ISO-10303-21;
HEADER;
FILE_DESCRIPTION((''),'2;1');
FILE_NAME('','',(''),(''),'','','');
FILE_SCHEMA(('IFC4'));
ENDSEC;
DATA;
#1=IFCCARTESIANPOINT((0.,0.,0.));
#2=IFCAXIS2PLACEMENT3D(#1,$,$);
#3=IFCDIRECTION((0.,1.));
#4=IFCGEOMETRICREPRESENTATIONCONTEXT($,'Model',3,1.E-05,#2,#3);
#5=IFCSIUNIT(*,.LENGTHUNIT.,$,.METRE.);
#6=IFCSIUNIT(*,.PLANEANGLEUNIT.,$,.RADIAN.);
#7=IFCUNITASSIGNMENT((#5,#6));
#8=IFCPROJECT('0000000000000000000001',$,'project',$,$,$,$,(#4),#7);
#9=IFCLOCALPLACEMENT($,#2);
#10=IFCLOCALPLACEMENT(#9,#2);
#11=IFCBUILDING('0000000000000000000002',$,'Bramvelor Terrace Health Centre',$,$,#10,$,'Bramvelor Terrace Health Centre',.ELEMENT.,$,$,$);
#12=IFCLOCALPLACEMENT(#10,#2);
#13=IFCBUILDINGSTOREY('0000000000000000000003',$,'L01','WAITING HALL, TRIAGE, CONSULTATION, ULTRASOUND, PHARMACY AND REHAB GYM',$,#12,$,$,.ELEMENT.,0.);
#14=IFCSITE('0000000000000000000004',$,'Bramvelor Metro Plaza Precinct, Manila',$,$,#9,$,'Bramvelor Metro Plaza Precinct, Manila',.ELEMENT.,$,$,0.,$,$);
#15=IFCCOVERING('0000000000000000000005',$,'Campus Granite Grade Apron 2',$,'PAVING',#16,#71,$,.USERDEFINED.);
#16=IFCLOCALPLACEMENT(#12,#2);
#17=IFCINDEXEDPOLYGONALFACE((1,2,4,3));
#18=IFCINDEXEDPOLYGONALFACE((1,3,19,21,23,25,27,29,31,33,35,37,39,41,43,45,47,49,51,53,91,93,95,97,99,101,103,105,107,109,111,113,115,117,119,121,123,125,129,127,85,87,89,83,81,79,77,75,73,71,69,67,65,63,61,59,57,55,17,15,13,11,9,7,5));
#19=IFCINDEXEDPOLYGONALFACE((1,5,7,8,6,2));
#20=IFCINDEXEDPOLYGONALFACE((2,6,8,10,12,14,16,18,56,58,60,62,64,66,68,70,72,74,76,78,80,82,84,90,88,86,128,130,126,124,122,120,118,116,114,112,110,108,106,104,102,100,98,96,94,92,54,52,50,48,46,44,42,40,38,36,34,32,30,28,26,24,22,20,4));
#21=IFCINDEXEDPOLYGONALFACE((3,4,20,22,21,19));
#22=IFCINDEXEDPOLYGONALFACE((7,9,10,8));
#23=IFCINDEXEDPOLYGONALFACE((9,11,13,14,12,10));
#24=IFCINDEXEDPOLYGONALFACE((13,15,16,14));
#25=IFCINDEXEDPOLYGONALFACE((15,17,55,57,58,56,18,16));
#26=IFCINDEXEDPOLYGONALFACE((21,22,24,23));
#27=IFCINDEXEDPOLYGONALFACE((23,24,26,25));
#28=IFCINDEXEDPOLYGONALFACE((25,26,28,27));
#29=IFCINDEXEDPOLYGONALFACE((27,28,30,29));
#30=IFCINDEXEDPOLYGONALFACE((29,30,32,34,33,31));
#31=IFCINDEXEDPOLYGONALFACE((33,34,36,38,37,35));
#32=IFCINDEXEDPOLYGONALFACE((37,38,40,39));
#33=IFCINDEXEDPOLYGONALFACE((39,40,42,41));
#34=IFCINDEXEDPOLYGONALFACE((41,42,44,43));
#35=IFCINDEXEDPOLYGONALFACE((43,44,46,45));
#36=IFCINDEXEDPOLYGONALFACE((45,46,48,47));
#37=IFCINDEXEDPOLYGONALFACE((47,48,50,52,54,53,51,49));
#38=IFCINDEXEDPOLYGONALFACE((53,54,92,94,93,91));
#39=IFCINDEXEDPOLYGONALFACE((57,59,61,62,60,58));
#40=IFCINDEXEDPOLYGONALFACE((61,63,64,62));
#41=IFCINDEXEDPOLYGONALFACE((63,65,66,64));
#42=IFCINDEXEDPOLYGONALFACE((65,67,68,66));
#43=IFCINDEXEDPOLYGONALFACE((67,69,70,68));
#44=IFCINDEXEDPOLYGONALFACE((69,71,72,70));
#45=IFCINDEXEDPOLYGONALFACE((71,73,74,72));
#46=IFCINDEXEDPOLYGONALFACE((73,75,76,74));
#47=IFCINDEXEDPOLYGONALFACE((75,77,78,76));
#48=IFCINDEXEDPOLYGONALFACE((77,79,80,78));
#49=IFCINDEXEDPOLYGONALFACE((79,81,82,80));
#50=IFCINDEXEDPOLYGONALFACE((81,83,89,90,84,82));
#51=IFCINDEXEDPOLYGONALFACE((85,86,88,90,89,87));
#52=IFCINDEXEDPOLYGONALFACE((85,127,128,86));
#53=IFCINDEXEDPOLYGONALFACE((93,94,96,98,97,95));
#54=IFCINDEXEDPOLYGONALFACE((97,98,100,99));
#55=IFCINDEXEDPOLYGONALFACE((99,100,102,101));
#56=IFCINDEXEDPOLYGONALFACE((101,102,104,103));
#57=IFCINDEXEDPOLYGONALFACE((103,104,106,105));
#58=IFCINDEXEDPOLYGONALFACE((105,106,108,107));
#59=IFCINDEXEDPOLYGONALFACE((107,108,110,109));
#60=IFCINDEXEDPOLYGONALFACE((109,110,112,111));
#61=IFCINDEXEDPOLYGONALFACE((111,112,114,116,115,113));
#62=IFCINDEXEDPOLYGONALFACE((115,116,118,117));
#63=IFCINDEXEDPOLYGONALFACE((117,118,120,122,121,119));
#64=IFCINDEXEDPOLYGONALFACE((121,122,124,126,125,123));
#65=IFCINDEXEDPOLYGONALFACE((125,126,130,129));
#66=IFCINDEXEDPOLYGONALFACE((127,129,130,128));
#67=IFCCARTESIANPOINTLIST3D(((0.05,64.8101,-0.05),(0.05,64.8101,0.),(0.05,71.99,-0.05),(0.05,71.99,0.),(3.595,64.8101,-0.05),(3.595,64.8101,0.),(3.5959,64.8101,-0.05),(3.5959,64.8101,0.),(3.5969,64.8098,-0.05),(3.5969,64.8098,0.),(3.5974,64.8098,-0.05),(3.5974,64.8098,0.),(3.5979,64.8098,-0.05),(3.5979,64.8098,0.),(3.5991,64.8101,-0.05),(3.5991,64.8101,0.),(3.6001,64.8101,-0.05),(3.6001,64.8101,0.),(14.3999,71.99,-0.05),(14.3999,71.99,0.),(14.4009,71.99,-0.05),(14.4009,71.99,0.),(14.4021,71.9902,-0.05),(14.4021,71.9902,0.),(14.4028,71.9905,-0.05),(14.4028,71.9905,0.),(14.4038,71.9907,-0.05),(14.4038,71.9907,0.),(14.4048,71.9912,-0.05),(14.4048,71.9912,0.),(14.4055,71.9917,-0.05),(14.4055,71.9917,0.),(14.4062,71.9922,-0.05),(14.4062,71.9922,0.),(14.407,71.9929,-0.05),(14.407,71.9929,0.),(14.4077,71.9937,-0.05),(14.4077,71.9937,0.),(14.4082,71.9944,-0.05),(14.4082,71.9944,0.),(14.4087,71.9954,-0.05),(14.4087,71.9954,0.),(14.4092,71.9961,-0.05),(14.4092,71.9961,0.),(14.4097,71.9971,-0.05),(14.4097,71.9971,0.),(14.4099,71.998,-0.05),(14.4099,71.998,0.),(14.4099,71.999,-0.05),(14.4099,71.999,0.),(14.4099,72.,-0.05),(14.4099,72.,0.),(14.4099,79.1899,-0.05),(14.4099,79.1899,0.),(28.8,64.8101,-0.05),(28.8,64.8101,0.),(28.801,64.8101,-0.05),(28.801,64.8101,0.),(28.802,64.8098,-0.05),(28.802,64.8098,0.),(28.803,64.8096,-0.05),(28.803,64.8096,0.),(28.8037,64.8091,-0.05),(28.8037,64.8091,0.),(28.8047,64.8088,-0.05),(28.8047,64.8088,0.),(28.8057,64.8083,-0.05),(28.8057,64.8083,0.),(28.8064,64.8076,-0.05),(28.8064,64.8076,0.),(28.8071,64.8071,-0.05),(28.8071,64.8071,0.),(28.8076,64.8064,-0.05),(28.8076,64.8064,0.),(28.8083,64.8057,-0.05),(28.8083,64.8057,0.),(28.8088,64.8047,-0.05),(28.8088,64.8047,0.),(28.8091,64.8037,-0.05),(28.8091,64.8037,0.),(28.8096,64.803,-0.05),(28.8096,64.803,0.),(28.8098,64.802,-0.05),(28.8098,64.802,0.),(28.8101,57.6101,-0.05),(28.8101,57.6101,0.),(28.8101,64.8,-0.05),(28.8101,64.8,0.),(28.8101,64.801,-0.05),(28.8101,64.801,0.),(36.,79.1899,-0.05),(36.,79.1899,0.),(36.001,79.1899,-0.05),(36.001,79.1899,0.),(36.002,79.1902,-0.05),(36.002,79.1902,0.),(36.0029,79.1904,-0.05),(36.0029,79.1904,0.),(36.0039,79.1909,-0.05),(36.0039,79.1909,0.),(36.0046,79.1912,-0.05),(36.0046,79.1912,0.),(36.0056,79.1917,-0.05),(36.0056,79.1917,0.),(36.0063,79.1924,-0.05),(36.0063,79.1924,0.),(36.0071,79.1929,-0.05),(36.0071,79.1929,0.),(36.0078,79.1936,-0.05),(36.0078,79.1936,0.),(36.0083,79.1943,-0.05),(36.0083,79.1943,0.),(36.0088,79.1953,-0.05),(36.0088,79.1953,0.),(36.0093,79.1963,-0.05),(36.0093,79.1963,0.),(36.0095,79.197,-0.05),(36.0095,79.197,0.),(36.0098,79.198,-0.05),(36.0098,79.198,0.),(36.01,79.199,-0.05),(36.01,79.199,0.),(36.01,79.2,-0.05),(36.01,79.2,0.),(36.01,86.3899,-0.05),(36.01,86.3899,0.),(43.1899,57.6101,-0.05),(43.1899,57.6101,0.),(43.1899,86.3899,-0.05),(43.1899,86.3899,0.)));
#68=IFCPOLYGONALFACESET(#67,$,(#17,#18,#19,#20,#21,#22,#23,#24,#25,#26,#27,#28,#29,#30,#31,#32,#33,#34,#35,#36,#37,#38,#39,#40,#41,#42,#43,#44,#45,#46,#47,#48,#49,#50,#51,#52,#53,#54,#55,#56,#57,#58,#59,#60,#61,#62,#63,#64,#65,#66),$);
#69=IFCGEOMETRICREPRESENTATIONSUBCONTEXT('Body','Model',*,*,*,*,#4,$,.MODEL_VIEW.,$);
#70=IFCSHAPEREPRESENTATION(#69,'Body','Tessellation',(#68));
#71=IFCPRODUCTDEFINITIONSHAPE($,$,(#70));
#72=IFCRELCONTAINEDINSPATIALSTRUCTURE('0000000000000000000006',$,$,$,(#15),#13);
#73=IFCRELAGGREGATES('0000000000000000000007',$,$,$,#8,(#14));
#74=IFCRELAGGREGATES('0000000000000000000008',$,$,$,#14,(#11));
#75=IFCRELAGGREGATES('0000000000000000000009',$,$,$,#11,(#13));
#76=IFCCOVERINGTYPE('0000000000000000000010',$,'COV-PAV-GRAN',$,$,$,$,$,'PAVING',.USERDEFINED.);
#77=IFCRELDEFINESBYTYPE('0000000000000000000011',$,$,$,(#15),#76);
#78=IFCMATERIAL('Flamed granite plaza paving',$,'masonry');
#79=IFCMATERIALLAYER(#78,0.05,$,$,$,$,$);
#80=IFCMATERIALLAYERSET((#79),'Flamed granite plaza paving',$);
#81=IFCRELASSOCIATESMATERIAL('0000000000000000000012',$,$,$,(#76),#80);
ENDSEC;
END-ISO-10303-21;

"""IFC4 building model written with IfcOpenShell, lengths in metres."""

from ifc_helpers import new_model, si_unit, direction, frame, origin, place, context, subcontext, project, spatial, polyline, outline, extrude, material, layer, layer_set, type_object, element, save


model = new_model("IFC4")

# Units and contexts
model_context = context("Model", 3, precision=1e-05, world=origin(), true_north=direction((0.0, 1.0)))
body_context = subcontext(model_context, "Body", "Model", "MODEL_VIEW")
ifc_project = project(units=[si_unit("LENGTHUNIT", "METRE"), si_unit("PLANEANGLEUNIT", "RADIAN")], contexts=[model_context])

# Site, building, storey
site_placement = place(None, origin())
site = spatial("IfcSite", under=ifc_project, at=site_placement, Name="Bramvelor Metro Plaza Precinct, Manila", LongName="Bramvelor Metro Plaza Precinct, Manila", CompositionType="ELEMENT", RefElevation=0.0)
building_placement = place(site_placement, origin())
building = spatial("IfcBuilding", under=site, at=building_placement, Name="Bramvelor Terrace Health Centre", LongName="Bramvelor Terrace Health Centre", CompositionType="ELEMENT")
storey_placement = place(building_placement, origin())
storey = spatial("IfcBuildingStorey", under=building, at=storey_placement, Name="L01", Description="WAITING HALL, TRIAGE, CONSULTATION, ULTRASOUND, PHARMACY AND REHAB GYM", CompositionType="ELEMENT", Elevation=0.0)

# Covering
ifc_material_1 = material(Name="Flamed granite plaza paving", Category="masonry")
ifc_layer_1 = layer(ifc_material_1, 0.05)
ifc_layer_set_1 = layer_set([ifc_layer_1], Name="Flamed granite plaza paving")
covering_type_1 = type_object("IfcCoveringType", Name="COV-PAV-GRAN", ElementType="PAVING", PredefinedType="USERDEFINED", material=ifc_layer_set_1)
covering_1_placement = place(storey_placement, frame((0.0, 0.0, -0.05)))
element("IfcCovering", 1, at=covering_1_placement, inside=storey, type_object=covering_type_1, Name="Campus Granite Grade Apron 2", ObjectType="PAVING", PredefinedType="USERDEFINED", context=body_context, shape_type="SweptSolid", body=[
    extrude(outline(polyline([(14.4009, 71.99), (14.4021, 71.9902), (14.4028, 71.9905), (14.4038, 71.9907), (14.4048, 71.9912), (14.4055, 71.9917), (14.4062, 71.9922), (14.407, 71.9929), (14.4077, 71.9937), (14.4082, 71.9944), (14.4087, 71.9954), (14.4092, 71.9961), (14.4097, 71.9971), (14.4099, 71.998), (14.4099, 71.999), (14.4099, 72.0), (14.4099, 79.1899), (36.0, 79.1899), (36.001, 79.1899), (36.002, 79.1902), (36.0029, 79.1904), (36.0039, 79.1909), (36.0046, 79.1912), (36.0056, 79.1917), (36.0063, 79.1924), (36.0071, 79.1929), (36.0078, 79.1936), (36.0083, 79.1943), (36.0088, 79.1953), (36.0093, 79.1963), (36.0095, 79.197), (36.0098, 79.198), (36.01, 79.199), (36.01, 79.2), (36.01, 86.3899), (43.1899, 86.3899), (43.1899, 57.6101), (28.8101, 57.6101), (28.8101, 64.8), (28.8101, 64.801), (28.8098, 64.802), (28.8096, 64.803), (28.8091, 64.8037), (28.8088, 64.8047), (28.8083, 64.8057), (28.8076, 64.8064), (28.8071, 64.8071), (28.8064, 64.8076), (28.8057, 64.8083), (28.8047, 64.8088), (28.8037, 64.8091), (28.803, 64.8096), (28.802, 64.8098), (28.801, 64.8101), (28.8, 64.8101), (3.6001, 64.8101), (3.5991, 64.8101), (3.5979, 64.8098), (3.5974, 64.8098), (3.5969, 64.8098), (3.5959, 64.8101), (3.595, 64.8101), (0.05, 64.8101), (0.05, 71.99), (14.3999, 71.99), (14.4009, 71.99)])), origin(), (0.0, 0.0, 1.0), 0.05),
])

save(model, "model.ifc")
